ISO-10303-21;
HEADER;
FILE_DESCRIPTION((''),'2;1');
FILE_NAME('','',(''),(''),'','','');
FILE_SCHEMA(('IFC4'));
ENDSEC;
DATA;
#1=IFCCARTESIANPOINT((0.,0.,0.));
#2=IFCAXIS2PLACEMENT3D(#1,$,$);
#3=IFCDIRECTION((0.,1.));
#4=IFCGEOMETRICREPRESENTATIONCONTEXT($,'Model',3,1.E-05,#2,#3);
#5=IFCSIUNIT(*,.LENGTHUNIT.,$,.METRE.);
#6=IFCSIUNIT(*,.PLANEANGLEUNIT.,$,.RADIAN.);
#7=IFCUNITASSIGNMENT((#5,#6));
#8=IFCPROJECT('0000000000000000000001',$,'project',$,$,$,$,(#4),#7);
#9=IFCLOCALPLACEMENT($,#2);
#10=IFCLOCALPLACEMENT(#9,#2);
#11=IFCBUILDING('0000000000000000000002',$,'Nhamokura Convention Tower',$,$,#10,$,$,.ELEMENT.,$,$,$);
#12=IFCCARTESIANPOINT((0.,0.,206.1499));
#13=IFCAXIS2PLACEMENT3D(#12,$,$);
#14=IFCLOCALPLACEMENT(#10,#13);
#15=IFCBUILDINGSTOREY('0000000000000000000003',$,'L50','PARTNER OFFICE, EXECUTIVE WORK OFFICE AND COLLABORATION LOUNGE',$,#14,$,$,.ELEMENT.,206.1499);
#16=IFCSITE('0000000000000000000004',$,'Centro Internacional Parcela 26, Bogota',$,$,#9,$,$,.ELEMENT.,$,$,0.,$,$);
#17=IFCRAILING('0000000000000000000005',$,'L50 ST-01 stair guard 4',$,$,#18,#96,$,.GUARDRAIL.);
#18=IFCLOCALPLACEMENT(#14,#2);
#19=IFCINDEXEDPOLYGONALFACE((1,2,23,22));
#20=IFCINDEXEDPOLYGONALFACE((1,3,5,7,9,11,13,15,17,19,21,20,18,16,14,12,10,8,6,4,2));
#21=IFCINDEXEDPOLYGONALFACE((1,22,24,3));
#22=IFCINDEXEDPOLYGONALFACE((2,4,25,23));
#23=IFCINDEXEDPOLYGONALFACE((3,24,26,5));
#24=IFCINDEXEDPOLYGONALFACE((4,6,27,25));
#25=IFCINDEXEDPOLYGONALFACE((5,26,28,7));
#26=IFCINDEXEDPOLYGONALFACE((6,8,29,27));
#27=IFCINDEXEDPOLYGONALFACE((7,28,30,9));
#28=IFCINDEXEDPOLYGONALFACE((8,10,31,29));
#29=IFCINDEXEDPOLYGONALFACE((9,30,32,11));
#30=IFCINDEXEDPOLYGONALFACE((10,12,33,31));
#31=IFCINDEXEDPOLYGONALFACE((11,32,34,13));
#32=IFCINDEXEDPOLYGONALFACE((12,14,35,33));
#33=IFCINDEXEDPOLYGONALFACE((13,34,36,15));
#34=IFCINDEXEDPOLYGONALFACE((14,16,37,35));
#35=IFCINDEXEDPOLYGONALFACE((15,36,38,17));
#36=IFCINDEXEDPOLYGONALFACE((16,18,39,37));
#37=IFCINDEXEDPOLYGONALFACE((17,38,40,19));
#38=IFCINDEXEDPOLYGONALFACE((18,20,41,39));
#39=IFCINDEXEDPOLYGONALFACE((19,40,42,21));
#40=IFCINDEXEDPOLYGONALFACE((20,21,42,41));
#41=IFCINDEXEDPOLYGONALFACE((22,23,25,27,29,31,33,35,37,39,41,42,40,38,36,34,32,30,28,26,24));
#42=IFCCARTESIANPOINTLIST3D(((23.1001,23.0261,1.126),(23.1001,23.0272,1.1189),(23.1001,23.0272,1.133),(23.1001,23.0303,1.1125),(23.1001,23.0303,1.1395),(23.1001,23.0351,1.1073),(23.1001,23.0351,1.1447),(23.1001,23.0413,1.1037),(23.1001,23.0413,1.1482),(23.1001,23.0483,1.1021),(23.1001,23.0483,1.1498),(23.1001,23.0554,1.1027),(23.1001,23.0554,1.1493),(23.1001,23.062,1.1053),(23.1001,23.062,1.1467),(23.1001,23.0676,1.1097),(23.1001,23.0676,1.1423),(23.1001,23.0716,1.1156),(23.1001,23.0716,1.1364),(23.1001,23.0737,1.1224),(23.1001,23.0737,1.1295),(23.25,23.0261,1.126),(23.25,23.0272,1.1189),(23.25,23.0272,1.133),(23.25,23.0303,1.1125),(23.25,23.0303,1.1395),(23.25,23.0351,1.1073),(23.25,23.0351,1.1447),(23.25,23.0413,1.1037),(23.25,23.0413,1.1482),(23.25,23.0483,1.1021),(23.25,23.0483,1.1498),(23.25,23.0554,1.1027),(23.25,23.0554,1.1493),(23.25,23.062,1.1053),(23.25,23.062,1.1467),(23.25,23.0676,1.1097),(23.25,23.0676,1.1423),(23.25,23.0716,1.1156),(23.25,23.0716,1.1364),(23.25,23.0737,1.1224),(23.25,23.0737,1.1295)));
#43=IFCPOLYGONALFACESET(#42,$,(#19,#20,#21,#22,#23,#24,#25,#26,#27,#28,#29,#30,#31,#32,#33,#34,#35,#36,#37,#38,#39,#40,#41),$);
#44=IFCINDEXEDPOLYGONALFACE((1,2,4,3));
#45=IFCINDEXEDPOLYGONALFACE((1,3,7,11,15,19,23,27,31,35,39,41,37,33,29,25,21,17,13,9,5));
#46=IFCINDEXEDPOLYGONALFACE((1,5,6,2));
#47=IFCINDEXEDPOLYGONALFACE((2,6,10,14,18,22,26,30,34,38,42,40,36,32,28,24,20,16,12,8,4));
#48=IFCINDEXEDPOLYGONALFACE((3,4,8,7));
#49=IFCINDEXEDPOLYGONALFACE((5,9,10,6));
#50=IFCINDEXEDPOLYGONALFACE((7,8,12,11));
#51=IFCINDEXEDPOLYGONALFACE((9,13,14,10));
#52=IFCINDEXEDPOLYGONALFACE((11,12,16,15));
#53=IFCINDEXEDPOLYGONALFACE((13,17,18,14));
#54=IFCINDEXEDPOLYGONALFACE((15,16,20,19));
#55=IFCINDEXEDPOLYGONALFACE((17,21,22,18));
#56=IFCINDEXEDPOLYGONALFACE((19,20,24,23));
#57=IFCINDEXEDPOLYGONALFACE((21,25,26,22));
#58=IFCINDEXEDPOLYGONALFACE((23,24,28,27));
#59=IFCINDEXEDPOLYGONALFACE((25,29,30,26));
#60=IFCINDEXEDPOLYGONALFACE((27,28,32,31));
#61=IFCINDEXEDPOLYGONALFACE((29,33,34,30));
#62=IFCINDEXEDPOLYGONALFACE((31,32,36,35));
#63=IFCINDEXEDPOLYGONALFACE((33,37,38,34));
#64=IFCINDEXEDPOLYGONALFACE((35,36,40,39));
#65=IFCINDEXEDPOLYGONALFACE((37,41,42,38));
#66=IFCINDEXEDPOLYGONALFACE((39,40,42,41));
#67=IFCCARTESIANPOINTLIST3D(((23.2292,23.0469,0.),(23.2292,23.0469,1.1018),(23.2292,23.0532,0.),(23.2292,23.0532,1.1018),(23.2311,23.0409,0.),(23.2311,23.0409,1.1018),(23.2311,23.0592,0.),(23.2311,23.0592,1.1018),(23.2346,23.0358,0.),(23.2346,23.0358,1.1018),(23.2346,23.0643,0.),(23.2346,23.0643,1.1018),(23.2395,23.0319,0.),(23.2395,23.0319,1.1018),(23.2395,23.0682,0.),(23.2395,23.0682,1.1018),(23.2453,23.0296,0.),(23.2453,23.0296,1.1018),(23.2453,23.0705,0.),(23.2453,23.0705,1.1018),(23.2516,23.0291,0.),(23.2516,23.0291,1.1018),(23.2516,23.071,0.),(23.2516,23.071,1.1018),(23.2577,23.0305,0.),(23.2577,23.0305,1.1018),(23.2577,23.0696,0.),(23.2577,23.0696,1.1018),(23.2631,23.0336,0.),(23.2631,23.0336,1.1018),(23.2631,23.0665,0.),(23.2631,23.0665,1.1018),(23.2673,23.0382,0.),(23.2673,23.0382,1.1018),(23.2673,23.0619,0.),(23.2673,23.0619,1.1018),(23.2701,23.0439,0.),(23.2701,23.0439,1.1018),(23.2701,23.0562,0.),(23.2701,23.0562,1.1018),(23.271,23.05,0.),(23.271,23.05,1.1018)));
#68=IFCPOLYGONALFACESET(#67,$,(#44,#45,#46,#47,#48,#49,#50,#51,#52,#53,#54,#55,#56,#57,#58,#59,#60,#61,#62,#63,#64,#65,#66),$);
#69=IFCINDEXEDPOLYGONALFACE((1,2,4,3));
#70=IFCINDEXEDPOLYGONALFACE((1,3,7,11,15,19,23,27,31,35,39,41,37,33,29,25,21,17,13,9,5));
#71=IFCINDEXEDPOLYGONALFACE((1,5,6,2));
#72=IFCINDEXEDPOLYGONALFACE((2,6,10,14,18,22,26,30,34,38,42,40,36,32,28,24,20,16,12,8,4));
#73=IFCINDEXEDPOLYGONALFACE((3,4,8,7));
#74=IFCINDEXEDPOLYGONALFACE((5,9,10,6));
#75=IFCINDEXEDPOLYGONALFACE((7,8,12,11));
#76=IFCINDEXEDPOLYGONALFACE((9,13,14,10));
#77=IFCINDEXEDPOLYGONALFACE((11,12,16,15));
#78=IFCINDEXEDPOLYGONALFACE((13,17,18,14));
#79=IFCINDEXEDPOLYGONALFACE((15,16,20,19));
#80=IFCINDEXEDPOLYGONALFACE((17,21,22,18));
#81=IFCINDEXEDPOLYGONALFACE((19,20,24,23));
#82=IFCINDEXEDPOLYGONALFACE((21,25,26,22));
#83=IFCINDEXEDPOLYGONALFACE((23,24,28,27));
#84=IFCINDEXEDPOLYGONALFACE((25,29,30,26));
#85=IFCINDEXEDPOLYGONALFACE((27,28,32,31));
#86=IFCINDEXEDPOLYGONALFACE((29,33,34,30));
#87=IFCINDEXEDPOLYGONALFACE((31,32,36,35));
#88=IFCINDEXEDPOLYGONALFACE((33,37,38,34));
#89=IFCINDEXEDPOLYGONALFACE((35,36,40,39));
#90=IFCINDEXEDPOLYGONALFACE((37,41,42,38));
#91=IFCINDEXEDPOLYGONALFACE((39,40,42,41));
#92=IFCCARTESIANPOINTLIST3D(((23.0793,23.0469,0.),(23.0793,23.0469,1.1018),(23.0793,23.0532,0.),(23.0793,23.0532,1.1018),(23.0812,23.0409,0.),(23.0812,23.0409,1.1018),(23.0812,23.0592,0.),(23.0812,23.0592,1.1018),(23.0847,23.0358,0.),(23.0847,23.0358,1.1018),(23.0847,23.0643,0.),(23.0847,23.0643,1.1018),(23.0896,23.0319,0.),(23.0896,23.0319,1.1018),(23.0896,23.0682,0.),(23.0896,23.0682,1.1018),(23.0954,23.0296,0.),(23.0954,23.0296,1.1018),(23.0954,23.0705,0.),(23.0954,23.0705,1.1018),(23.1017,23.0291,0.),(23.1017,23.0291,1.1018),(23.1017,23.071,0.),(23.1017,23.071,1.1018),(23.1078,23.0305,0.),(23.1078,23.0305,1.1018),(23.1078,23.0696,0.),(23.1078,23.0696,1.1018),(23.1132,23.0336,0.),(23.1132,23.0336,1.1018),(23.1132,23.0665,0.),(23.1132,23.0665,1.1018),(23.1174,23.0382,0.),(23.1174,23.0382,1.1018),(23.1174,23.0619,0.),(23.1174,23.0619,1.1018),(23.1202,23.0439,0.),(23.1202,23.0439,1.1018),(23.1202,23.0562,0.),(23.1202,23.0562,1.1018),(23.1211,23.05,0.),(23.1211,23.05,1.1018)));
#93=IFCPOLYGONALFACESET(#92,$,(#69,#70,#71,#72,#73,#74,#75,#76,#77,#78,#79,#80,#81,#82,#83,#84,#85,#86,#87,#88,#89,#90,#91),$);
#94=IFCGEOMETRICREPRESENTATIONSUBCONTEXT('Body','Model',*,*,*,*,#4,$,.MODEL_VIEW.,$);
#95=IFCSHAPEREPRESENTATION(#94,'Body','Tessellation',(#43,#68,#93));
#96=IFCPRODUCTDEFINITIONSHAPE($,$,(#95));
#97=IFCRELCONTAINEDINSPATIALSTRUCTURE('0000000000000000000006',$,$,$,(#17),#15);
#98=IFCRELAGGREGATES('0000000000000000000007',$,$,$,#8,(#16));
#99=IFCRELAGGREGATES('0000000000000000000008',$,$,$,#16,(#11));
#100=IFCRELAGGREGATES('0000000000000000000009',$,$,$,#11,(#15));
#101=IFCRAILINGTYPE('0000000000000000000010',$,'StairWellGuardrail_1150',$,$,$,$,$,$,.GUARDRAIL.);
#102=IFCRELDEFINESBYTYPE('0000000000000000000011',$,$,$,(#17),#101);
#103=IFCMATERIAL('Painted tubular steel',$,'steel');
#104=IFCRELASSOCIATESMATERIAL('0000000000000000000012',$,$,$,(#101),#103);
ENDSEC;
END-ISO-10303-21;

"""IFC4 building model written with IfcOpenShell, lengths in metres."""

from ifc_helpers import new_model, si_unit, direction, frame, origin, origin_2d, place, context, subcontext, project, spatial, circle, extrude, material, type_object, element, save


model = new_model("IFC4")

# Units and contexts
model_context = context("Model", 3, precision=1e-05, world=origin(), true_north=direction((0.0, 1.0)))
body_context = subcontext(model_context, "Body", "Model", "MODEL_VIEW")
ifc_project = project(units=[si_unit("LENGTHUNIT", "METRE"), si_unit("PLANEANGLEUNIT", "RADIAN")], contexts=[model_context])

# Site, building, storey
site_placement = place(None, origin())
site = spatial("IfcSite", under=ifc_project, at=site_placement, Name="Centro Internacional Parcela 26, Bogota", CompositionType="ELEMENT", RefElevation=0.0)
building_placement = place(site_placement, origin())
building = spatial("IfcBuilding", under=site, at=building_placement, Name="Nhamokura Convention Tower", CompositionType="ELEMENT")
storey_placement = place(building_placement, frame((0.0, 0.0, 206.1499)))
storey = spatial("IfcBuildingStorey", under=building, at=storey_placement, Name="L50", Description="PARTNER OFFICE, EXECUTIVE WORK OFFICE AND COLLABORATION LOUNGE", CompositionType="ELEMENT", Elevation=206.1499)

# Railing
ifc_material_1 = material(Name="Painted tubular steel", Category="steel")
railing_type_1 = type_object("IfcRailingType", Name="StairWellGuardrail_1150", PredefinedType="GUARDRAIL", material=ifc_material_1)
railing_1_placement = place(storey_placement, frame((23.25, 23.05, 0.0)))
element("IfcRailing", 1, at=railing_1_placement, inside=storey, type_object=railing_type_1, Name="L50 ST-01 stair guard 4", PredefinedType="GUARDRAIL", context=body_context, shape_type="SweptSolid", body=[
    extrude(circle(Radius=0.0239, at=origin_2d()), frame((0.0, 0.0, 1.126), z_axis=(-1.0, 0.0, 0.0), x_axis=(0.0, -1.0, 0.0)), (0.0, 0.0, 1.0), 0.1499),
    extrude(circle(Radius=0.021, at=origin_2d()), origin(), (0.0, 0.0, 1.0), 1.1018),
    extrude(circle(Radius=0.021, at=origin_2d()), frame((-0.1499, 0.0, 0.0)), (0.0, 0.0, 1.0), 1.1018),
])

save(model, "model.ifc")
